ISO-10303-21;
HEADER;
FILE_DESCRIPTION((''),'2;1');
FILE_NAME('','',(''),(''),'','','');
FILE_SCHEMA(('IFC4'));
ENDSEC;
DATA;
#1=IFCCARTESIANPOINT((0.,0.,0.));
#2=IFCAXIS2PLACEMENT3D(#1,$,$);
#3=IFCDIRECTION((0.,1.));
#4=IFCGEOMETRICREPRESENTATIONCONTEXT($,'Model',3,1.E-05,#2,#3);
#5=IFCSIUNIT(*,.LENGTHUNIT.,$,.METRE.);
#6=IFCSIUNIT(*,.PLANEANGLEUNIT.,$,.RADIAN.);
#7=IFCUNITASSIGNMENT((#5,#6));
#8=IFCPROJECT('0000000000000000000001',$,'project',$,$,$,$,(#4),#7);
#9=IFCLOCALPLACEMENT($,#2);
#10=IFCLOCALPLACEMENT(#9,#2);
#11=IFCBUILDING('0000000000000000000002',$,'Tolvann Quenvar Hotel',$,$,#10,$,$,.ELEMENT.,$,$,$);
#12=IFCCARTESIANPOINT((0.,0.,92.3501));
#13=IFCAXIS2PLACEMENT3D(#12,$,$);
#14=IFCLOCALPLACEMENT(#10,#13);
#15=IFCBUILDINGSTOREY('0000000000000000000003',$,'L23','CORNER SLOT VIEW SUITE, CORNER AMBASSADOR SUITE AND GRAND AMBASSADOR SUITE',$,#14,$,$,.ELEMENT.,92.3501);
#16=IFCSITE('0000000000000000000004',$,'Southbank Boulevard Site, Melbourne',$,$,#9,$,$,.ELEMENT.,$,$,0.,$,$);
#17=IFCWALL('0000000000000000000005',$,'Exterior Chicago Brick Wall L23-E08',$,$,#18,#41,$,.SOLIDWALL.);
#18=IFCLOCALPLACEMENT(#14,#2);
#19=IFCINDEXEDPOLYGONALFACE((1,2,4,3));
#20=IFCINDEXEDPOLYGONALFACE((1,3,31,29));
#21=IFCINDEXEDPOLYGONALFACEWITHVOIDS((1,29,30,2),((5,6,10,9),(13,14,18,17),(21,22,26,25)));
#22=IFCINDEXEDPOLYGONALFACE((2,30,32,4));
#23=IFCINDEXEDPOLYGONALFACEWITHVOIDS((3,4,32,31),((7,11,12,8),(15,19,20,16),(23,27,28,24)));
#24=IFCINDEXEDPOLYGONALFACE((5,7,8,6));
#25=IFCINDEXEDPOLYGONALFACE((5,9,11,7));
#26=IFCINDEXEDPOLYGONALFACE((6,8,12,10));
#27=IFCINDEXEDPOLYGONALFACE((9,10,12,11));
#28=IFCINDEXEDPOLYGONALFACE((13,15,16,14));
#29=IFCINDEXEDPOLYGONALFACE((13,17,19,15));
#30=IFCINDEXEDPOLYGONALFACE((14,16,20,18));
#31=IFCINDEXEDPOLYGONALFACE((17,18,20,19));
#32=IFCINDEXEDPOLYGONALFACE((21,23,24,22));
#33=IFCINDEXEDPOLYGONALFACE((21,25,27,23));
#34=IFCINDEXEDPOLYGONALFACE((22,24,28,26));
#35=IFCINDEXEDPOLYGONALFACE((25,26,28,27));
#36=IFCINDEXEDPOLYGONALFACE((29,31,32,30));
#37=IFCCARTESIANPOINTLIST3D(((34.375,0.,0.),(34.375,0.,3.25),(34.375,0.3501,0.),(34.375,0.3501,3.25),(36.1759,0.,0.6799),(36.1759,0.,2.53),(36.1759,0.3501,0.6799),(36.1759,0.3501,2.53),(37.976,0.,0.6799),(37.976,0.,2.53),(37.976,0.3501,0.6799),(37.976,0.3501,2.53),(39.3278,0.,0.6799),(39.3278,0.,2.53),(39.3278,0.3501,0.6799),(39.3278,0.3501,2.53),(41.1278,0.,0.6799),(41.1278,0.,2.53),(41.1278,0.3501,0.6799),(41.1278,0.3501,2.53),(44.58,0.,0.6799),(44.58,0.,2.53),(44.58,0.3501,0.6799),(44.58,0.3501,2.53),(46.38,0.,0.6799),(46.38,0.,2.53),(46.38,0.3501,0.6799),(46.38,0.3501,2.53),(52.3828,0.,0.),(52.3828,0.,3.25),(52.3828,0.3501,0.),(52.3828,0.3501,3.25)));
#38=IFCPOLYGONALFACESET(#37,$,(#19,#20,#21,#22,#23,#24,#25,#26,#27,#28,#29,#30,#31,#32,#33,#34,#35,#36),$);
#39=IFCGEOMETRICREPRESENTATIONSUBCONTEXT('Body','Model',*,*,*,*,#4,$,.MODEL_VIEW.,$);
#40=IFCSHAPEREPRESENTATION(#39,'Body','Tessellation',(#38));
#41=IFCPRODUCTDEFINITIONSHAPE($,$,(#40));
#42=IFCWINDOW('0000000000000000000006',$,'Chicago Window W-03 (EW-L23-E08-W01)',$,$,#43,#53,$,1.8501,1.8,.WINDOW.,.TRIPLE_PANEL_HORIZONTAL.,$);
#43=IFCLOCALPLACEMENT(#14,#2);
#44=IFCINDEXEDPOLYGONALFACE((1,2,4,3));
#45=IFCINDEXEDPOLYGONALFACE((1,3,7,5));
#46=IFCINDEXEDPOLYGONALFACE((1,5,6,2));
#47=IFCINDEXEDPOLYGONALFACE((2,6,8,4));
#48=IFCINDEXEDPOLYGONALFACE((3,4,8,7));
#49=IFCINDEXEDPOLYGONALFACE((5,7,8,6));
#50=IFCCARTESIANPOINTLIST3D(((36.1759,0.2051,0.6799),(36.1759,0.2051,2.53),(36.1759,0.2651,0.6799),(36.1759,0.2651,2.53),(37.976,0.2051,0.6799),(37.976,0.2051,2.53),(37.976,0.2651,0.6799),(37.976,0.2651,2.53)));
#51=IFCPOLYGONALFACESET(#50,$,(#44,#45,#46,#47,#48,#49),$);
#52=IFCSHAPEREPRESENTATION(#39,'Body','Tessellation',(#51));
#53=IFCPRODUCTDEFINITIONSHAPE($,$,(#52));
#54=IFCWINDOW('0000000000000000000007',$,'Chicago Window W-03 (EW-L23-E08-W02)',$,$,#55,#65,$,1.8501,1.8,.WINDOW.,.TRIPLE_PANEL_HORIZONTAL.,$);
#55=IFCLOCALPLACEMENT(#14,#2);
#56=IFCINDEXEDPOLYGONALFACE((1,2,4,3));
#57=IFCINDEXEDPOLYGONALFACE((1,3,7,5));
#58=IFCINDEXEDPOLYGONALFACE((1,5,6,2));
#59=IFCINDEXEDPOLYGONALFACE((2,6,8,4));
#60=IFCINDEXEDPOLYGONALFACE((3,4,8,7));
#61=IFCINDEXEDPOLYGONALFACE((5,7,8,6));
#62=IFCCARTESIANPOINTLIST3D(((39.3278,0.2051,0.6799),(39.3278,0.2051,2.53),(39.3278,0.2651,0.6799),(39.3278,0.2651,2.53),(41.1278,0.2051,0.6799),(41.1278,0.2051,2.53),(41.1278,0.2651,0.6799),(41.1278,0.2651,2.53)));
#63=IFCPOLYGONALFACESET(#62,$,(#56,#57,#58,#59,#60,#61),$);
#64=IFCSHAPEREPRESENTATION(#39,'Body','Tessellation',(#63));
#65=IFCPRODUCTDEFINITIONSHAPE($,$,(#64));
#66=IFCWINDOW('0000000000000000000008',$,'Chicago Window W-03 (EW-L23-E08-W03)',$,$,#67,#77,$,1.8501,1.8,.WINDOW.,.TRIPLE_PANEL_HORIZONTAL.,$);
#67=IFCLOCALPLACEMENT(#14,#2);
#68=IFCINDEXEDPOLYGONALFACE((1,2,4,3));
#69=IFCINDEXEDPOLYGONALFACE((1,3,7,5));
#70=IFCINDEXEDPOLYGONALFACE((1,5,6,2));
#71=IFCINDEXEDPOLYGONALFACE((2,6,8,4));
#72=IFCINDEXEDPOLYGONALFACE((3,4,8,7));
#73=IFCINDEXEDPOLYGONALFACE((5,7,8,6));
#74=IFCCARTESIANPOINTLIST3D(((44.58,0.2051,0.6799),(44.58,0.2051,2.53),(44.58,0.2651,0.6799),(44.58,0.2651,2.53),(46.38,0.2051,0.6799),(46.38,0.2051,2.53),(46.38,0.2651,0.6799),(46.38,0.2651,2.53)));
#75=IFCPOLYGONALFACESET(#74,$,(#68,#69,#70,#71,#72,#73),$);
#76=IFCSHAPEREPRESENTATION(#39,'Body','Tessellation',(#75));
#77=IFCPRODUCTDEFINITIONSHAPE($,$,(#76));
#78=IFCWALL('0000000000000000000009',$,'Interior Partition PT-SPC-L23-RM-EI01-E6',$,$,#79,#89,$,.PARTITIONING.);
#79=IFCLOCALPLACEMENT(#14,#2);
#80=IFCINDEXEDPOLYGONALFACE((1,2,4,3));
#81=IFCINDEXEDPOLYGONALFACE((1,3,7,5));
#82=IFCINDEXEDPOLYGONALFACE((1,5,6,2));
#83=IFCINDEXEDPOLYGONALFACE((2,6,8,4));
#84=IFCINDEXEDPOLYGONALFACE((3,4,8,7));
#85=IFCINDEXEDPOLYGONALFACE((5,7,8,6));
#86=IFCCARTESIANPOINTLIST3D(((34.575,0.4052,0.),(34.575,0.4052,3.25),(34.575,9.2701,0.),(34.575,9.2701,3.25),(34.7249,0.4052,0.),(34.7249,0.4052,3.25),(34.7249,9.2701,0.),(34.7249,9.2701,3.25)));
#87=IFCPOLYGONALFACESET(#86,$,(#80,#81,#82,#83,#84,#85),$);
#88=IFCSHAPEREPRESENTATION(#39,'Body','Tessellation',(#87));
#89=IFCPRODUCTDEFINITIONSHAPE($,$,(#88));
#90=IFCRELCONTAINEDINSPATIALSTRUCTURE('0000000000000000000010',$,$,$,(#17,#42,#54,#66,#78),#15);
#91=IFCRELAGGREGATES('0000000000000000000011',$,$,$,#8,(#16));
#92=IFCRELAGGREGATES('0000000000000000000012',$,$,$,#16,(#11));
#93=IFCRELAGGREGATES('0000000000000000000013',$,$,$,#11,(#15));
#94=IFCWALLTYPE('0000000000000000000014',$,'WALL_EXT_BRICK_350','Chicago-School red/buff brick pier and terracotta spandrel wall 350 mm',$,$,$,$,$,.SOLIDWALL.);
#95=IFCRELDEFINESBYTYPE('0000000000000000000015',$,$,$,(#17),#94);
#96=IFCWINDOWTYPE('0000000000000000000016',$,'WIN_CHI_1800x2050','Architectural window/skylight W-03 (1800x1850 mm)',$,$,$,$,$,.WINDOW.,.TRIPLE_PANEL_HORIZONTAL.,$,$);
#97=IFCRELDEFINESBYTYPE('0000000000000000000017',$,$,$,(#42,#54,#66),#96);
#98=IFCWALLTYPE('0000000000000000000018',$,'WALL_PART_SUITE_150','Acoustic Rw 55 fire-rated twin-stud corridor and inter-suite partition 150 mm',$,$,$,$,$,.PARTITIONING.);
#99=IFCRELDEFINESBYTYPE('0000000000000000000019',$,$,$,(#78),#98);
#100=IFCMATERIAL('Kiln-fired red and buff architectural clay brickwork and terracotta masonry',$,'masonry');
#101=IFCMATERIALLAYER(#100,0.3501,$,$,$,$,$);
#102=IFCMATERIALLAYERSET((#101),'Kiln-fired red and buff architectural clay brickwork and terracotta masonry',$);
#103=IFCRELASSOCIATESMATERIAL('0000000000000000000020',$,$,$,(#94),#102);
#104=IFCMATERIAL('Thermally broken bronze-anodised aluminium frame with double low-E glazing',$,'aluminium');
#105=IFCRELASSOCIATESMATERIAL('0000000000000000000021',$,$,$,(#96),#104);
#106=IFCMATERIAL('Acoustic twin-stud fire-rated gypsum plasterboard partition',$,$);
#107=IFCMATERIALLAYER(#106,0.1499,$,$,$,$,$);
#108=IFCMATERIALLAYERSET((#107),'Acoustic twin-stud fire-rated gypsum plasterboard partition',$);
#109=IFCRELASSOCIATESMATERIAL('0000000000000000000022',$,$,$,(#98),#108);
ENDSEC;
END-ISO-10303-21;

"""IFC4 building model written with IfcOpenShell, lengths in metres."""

from ifc_helpers import new_model, si_unit, direction, frame, frame_2d, origin, place, context, subcontext, project, spatial, rectangle, extrude, source, transform, mapped, material, layer, layer_set, type_object, type_shapes, element, fill, save


model = new_model("IFC4")

# Units and contexts
model_context = context("Model", 3, precision=1e-05, world=origin(), true_north=direction((0.0, 1.0)))
body_context = subcontext(model_context, "Body", "Model", "MODEL_VIEW")
ifc_project = project(units=[si_unit("LENGTHUNIT", "METRE"), si_unit("PLANEANGLEUNIT", "RADIAN")], contexts=[model_context])

# Site, building, storey
site_placement = place(None, origin())
site = spatial("IfcSite", under=ifc_project, at=site_placement, Name="Southbank Boulevard Site, Melbourne", CompositionType="ELEMENT", RefElevation=0.0)
building_placement = place(site_placement, origin())
building = spatial("IfcBuilding", under=site, at=building_placement, Name="Tolvann Quenvar Hotel", CompositionType="ELEMENT")
storey_placement = place(building_placement, frame((0.0, 0.0, 92.3501)))
storey = spatial("IfcBuildingStorey", under=building, at=storey_placement, Name="L23", Description="CORNER SLOT VIEW SUITE, CORNER AMBASSADOR SUITE AND GRAND AMBASSADOR SUITE", CompositionType="ELEMENT", Elevation=92.3501)

# Wall, openings, windows
ifc_material_1 = material(Name="Kiln-fired red and buff architectural clay brickwork and terracotta masonry", Category="masonry")
ifc_layer_1 = layer(ifc_material_1, 0.3501)
ifc_layer_set_1 = layer_set([ifc_layer_1], Name="Kiln-fired red and buff architectural clay brickwork and terracotta masonry")
wall_type_1 = type_object("IfcWallType", Name="WALL_EXT_BRICK_350", Description="Chicago-School red/buff brick pier and terracotta spandrel wall 350 mm", PredefinedType="SOLIDWALL", material=ifc_layer_set_1)
wall_1_placement = place(storey_placement, frame((34.375, 0.175, 0.0), z_axis=(0.0, 0.0, 1.0), x_axis=(1.0, 0.0, 0.0)))
wall_1 = element("IfcWall", 1, at=wall_1_placement, inside=storey, type_object=wall_type_1, Name="Exterior Chicago Brick Wall L23-E08", PredefinedType="SOLIDWALL", context=body_context, shape_type="SweptSolid", body=[
    extrude(rectangle(XDim=18.0078, YDim=0.3501, at=frame_2d((9.0039, 0.0))), origin(), (0.0, 0.0, 1.0), 3.25),
])
opening_1_placement = place(wall_1_placement, frame((1.801, 0.0, 0.6799)))
opening_1 = element("IfcOpeningElement", 2, at=opening_1_placement, cuts=wall_1, PredefinedType="OPENING", context=body_context, shape_type="SweptSolid", body=[
    extrude(rectangle(XDim=1.8, YDim=1.8501, at=frame_2d((0.8999, 0.925))), frame((0.0, 0.1851, 0.0), z_axis=(0.0, -1.0, 0.0), x_axis=(1.0, 0.0, 0.0)), (0.0, 0.0, 1.0), 0.3701),
])
opening_2_placement = place(wall_1_placement, frame((4.9529, 0.0, 0.6799)))
opening_2 = element("IfcOpeningElement", 3, at=opening_2_placement, cuts=wall_1, PredefinedType="OPENING", context=body_context, shape_type="SweptSolid", body=[
    extrude(rectangle(XDim=1.8, YDim=1.8501, at=frame_2d((0.8999, 0.925))), frame((0.0, 0.1851, 0.0), z_axis=(0.0, -1.0, 0.0), x_axis=(1.0, 0.0, 0.0)), (0.0, 0.0, 1.0), 0.3701),
])
opening_3_placement = place(wall_1_placement, frame((10.2051, 0.0, 0.6799)))
opening_3 = element("IfcOpeningElement", 4, at=opening_3_placement, cuts=wall_1, PredefinedType="OPENING", context=body_context, shape_type="SweptSolid", body=[
    extrude(rectangle(XDim=1.8, YDim=1.8501, at=frame_2d((0.8999, 0.925))), frame((0.0, 0.1851, 0.0), z_axis=(0.0, -1.0, 0.0), x_axis=(1.0, 0.0, 0.0)), (0.0, 0.0, 1.0), 0.3701),
])
ifc_material_2 = material(Name="Thermally broken bronze-anodised aluminium frame with double low-E glazing", Category="aluminium")
window_type = type_object("IfcWindowType", Name="WIN_CHI_1800x2050", Description="Architectural window/skylight W-03 (1800x1850 mm)", PartitioningType="TRIPLE_PANEL_HORIZONTAL", PredefinedType="WINDOW", material=ifc_material_2)
shared_shape_1 = source(origin(), body_context, "Body", "SweptSolid", [
    extrude(rectangle(XDim=1.8, YDim=1.8501, at=frame_2d((0.8999, 0.925))), frame((0.0, 0.0901, 0.0), z_axis=(0.0, -1.0, 0.0), x_axis=(1.0, 0.0, 0.0)), (0.0, 0.0, 1.0), 0.0601),
])
type_shapes(window_type, [shared_shape_1])
window_1_placement = place(opening_1_placement, origin())
window_1 = element("IfcWindow", 5, at=window_1_placement, inside=storey, type_object=window_type, Name="Chicago Window W-03 (EW-L23-E08-W01)", OverallHeight=1.8501, OverallWidth=1.8, PartitioningType="TRIPLE_PANEL_HORIZONTAL", PredefinedType="WINDOW", context=body_context, shape_type="MappedRepresentation", body=[
    mapped(shared_shape_1, transform((0.0, 0.0, 0.0), x_axis=(1.0, 0.0, 0.0), y_axis=(0.0, 1.0, 0.0), z_axis=(0.0, 0.0, 1.0), scale=1.0)),
])
fill(opening_1, window_1)
window_2_placement = place(opening_2_placement, origin())
window_2 = element("IfcWindow", 6, at=window_2_placement, inside=storey, type_object=window_type, Name="Chicago Window W-03 (EW-L23-E08-W02)", OverallHeight=1.8501, OverallWidth=1.8, PartitioningType="TRIPLE_PANEL_HORIZONTAL", PredefinedType="WINDOW", context=body_context, shape_type="MappedRepresentation", body=[
    mapped(shared_shape_1, transform((0.0, 0.0, 0.0), x_axis=(1.0, 0.0, 0.0), y_axis=(0.0, 1.0, 0.0), z_axis=(0.0, 0.0, 1.0), scale=1.0)),
])
fill(opening_2, window_2)
window_3_placement = place(opening_3_placement, origin())
window_3 = element("IfcWindow", 7, at=window_3_placement, inside=storey, type_object=window_type, Name="Chicago Window W-03 (EW-L23-E08-W03)", OverallHeight=1.8501, OverallWidth=1.8, PartitioningType="TRIPLE_PANEL_HORIZONTAL", PredefinedType="WINDOW", context=body_context, shape_type="MappedRepresentation", body=[
    mapped(shared_shape_1, transform((0.0, 0.0, 0.0), x_axis=(1.0, 0.0, 0.0), y_axis=(0.0, 1.0, 0.0), z_axis=(0.0, 0.0, 1.0), scale=1.0)),
])
fill(opening_3, window_3)

# Wall
ifc_material_3 = material(Name="Acoustic twin-stud fire-rated gypsum plasterboard partition")
ifc_layer_2 = layer(ifc_material_3, 0.1499)
ifc_layer_set_2 = layer_set([ifc_layer_2], Name="Acoustic twin-stud fire-rated gypsum plasterboard partition")
wall_type_2 = type_object("IfcWallType", Name="WALL_PART_SUITE_150", Description="Acoustic Rw 55 fire-rated twin-stud corridor and inter-suite partition 150 mm", PredefinedType="PARTITIONING", material=ifc_layer_set_2)
wall_2_placement = place(storey_placement, frame((34.6499, 0.405, 0.0), z_axis=(0.0, 0.0, 1.0), x_axis=(0.0, 1.0, 0.0)))
element("IfcWall", 8, at=wall_2_placement, inside=storey, type_object=wall_type_2, Name="Interior Partition PT-SPC-L23-RM-EI01-E6", PredefinedType="PARTITIONING", context=body_context, shape_type="SweptSolid", body=[
    extrude(rectangle(XDim=8.865, YDim=0.1499, at=frame_2d((4.4326, 0.0))), origin(), (0.0, 0.0, 1.0), 3.25),
])

save(model, "model.ifc")
